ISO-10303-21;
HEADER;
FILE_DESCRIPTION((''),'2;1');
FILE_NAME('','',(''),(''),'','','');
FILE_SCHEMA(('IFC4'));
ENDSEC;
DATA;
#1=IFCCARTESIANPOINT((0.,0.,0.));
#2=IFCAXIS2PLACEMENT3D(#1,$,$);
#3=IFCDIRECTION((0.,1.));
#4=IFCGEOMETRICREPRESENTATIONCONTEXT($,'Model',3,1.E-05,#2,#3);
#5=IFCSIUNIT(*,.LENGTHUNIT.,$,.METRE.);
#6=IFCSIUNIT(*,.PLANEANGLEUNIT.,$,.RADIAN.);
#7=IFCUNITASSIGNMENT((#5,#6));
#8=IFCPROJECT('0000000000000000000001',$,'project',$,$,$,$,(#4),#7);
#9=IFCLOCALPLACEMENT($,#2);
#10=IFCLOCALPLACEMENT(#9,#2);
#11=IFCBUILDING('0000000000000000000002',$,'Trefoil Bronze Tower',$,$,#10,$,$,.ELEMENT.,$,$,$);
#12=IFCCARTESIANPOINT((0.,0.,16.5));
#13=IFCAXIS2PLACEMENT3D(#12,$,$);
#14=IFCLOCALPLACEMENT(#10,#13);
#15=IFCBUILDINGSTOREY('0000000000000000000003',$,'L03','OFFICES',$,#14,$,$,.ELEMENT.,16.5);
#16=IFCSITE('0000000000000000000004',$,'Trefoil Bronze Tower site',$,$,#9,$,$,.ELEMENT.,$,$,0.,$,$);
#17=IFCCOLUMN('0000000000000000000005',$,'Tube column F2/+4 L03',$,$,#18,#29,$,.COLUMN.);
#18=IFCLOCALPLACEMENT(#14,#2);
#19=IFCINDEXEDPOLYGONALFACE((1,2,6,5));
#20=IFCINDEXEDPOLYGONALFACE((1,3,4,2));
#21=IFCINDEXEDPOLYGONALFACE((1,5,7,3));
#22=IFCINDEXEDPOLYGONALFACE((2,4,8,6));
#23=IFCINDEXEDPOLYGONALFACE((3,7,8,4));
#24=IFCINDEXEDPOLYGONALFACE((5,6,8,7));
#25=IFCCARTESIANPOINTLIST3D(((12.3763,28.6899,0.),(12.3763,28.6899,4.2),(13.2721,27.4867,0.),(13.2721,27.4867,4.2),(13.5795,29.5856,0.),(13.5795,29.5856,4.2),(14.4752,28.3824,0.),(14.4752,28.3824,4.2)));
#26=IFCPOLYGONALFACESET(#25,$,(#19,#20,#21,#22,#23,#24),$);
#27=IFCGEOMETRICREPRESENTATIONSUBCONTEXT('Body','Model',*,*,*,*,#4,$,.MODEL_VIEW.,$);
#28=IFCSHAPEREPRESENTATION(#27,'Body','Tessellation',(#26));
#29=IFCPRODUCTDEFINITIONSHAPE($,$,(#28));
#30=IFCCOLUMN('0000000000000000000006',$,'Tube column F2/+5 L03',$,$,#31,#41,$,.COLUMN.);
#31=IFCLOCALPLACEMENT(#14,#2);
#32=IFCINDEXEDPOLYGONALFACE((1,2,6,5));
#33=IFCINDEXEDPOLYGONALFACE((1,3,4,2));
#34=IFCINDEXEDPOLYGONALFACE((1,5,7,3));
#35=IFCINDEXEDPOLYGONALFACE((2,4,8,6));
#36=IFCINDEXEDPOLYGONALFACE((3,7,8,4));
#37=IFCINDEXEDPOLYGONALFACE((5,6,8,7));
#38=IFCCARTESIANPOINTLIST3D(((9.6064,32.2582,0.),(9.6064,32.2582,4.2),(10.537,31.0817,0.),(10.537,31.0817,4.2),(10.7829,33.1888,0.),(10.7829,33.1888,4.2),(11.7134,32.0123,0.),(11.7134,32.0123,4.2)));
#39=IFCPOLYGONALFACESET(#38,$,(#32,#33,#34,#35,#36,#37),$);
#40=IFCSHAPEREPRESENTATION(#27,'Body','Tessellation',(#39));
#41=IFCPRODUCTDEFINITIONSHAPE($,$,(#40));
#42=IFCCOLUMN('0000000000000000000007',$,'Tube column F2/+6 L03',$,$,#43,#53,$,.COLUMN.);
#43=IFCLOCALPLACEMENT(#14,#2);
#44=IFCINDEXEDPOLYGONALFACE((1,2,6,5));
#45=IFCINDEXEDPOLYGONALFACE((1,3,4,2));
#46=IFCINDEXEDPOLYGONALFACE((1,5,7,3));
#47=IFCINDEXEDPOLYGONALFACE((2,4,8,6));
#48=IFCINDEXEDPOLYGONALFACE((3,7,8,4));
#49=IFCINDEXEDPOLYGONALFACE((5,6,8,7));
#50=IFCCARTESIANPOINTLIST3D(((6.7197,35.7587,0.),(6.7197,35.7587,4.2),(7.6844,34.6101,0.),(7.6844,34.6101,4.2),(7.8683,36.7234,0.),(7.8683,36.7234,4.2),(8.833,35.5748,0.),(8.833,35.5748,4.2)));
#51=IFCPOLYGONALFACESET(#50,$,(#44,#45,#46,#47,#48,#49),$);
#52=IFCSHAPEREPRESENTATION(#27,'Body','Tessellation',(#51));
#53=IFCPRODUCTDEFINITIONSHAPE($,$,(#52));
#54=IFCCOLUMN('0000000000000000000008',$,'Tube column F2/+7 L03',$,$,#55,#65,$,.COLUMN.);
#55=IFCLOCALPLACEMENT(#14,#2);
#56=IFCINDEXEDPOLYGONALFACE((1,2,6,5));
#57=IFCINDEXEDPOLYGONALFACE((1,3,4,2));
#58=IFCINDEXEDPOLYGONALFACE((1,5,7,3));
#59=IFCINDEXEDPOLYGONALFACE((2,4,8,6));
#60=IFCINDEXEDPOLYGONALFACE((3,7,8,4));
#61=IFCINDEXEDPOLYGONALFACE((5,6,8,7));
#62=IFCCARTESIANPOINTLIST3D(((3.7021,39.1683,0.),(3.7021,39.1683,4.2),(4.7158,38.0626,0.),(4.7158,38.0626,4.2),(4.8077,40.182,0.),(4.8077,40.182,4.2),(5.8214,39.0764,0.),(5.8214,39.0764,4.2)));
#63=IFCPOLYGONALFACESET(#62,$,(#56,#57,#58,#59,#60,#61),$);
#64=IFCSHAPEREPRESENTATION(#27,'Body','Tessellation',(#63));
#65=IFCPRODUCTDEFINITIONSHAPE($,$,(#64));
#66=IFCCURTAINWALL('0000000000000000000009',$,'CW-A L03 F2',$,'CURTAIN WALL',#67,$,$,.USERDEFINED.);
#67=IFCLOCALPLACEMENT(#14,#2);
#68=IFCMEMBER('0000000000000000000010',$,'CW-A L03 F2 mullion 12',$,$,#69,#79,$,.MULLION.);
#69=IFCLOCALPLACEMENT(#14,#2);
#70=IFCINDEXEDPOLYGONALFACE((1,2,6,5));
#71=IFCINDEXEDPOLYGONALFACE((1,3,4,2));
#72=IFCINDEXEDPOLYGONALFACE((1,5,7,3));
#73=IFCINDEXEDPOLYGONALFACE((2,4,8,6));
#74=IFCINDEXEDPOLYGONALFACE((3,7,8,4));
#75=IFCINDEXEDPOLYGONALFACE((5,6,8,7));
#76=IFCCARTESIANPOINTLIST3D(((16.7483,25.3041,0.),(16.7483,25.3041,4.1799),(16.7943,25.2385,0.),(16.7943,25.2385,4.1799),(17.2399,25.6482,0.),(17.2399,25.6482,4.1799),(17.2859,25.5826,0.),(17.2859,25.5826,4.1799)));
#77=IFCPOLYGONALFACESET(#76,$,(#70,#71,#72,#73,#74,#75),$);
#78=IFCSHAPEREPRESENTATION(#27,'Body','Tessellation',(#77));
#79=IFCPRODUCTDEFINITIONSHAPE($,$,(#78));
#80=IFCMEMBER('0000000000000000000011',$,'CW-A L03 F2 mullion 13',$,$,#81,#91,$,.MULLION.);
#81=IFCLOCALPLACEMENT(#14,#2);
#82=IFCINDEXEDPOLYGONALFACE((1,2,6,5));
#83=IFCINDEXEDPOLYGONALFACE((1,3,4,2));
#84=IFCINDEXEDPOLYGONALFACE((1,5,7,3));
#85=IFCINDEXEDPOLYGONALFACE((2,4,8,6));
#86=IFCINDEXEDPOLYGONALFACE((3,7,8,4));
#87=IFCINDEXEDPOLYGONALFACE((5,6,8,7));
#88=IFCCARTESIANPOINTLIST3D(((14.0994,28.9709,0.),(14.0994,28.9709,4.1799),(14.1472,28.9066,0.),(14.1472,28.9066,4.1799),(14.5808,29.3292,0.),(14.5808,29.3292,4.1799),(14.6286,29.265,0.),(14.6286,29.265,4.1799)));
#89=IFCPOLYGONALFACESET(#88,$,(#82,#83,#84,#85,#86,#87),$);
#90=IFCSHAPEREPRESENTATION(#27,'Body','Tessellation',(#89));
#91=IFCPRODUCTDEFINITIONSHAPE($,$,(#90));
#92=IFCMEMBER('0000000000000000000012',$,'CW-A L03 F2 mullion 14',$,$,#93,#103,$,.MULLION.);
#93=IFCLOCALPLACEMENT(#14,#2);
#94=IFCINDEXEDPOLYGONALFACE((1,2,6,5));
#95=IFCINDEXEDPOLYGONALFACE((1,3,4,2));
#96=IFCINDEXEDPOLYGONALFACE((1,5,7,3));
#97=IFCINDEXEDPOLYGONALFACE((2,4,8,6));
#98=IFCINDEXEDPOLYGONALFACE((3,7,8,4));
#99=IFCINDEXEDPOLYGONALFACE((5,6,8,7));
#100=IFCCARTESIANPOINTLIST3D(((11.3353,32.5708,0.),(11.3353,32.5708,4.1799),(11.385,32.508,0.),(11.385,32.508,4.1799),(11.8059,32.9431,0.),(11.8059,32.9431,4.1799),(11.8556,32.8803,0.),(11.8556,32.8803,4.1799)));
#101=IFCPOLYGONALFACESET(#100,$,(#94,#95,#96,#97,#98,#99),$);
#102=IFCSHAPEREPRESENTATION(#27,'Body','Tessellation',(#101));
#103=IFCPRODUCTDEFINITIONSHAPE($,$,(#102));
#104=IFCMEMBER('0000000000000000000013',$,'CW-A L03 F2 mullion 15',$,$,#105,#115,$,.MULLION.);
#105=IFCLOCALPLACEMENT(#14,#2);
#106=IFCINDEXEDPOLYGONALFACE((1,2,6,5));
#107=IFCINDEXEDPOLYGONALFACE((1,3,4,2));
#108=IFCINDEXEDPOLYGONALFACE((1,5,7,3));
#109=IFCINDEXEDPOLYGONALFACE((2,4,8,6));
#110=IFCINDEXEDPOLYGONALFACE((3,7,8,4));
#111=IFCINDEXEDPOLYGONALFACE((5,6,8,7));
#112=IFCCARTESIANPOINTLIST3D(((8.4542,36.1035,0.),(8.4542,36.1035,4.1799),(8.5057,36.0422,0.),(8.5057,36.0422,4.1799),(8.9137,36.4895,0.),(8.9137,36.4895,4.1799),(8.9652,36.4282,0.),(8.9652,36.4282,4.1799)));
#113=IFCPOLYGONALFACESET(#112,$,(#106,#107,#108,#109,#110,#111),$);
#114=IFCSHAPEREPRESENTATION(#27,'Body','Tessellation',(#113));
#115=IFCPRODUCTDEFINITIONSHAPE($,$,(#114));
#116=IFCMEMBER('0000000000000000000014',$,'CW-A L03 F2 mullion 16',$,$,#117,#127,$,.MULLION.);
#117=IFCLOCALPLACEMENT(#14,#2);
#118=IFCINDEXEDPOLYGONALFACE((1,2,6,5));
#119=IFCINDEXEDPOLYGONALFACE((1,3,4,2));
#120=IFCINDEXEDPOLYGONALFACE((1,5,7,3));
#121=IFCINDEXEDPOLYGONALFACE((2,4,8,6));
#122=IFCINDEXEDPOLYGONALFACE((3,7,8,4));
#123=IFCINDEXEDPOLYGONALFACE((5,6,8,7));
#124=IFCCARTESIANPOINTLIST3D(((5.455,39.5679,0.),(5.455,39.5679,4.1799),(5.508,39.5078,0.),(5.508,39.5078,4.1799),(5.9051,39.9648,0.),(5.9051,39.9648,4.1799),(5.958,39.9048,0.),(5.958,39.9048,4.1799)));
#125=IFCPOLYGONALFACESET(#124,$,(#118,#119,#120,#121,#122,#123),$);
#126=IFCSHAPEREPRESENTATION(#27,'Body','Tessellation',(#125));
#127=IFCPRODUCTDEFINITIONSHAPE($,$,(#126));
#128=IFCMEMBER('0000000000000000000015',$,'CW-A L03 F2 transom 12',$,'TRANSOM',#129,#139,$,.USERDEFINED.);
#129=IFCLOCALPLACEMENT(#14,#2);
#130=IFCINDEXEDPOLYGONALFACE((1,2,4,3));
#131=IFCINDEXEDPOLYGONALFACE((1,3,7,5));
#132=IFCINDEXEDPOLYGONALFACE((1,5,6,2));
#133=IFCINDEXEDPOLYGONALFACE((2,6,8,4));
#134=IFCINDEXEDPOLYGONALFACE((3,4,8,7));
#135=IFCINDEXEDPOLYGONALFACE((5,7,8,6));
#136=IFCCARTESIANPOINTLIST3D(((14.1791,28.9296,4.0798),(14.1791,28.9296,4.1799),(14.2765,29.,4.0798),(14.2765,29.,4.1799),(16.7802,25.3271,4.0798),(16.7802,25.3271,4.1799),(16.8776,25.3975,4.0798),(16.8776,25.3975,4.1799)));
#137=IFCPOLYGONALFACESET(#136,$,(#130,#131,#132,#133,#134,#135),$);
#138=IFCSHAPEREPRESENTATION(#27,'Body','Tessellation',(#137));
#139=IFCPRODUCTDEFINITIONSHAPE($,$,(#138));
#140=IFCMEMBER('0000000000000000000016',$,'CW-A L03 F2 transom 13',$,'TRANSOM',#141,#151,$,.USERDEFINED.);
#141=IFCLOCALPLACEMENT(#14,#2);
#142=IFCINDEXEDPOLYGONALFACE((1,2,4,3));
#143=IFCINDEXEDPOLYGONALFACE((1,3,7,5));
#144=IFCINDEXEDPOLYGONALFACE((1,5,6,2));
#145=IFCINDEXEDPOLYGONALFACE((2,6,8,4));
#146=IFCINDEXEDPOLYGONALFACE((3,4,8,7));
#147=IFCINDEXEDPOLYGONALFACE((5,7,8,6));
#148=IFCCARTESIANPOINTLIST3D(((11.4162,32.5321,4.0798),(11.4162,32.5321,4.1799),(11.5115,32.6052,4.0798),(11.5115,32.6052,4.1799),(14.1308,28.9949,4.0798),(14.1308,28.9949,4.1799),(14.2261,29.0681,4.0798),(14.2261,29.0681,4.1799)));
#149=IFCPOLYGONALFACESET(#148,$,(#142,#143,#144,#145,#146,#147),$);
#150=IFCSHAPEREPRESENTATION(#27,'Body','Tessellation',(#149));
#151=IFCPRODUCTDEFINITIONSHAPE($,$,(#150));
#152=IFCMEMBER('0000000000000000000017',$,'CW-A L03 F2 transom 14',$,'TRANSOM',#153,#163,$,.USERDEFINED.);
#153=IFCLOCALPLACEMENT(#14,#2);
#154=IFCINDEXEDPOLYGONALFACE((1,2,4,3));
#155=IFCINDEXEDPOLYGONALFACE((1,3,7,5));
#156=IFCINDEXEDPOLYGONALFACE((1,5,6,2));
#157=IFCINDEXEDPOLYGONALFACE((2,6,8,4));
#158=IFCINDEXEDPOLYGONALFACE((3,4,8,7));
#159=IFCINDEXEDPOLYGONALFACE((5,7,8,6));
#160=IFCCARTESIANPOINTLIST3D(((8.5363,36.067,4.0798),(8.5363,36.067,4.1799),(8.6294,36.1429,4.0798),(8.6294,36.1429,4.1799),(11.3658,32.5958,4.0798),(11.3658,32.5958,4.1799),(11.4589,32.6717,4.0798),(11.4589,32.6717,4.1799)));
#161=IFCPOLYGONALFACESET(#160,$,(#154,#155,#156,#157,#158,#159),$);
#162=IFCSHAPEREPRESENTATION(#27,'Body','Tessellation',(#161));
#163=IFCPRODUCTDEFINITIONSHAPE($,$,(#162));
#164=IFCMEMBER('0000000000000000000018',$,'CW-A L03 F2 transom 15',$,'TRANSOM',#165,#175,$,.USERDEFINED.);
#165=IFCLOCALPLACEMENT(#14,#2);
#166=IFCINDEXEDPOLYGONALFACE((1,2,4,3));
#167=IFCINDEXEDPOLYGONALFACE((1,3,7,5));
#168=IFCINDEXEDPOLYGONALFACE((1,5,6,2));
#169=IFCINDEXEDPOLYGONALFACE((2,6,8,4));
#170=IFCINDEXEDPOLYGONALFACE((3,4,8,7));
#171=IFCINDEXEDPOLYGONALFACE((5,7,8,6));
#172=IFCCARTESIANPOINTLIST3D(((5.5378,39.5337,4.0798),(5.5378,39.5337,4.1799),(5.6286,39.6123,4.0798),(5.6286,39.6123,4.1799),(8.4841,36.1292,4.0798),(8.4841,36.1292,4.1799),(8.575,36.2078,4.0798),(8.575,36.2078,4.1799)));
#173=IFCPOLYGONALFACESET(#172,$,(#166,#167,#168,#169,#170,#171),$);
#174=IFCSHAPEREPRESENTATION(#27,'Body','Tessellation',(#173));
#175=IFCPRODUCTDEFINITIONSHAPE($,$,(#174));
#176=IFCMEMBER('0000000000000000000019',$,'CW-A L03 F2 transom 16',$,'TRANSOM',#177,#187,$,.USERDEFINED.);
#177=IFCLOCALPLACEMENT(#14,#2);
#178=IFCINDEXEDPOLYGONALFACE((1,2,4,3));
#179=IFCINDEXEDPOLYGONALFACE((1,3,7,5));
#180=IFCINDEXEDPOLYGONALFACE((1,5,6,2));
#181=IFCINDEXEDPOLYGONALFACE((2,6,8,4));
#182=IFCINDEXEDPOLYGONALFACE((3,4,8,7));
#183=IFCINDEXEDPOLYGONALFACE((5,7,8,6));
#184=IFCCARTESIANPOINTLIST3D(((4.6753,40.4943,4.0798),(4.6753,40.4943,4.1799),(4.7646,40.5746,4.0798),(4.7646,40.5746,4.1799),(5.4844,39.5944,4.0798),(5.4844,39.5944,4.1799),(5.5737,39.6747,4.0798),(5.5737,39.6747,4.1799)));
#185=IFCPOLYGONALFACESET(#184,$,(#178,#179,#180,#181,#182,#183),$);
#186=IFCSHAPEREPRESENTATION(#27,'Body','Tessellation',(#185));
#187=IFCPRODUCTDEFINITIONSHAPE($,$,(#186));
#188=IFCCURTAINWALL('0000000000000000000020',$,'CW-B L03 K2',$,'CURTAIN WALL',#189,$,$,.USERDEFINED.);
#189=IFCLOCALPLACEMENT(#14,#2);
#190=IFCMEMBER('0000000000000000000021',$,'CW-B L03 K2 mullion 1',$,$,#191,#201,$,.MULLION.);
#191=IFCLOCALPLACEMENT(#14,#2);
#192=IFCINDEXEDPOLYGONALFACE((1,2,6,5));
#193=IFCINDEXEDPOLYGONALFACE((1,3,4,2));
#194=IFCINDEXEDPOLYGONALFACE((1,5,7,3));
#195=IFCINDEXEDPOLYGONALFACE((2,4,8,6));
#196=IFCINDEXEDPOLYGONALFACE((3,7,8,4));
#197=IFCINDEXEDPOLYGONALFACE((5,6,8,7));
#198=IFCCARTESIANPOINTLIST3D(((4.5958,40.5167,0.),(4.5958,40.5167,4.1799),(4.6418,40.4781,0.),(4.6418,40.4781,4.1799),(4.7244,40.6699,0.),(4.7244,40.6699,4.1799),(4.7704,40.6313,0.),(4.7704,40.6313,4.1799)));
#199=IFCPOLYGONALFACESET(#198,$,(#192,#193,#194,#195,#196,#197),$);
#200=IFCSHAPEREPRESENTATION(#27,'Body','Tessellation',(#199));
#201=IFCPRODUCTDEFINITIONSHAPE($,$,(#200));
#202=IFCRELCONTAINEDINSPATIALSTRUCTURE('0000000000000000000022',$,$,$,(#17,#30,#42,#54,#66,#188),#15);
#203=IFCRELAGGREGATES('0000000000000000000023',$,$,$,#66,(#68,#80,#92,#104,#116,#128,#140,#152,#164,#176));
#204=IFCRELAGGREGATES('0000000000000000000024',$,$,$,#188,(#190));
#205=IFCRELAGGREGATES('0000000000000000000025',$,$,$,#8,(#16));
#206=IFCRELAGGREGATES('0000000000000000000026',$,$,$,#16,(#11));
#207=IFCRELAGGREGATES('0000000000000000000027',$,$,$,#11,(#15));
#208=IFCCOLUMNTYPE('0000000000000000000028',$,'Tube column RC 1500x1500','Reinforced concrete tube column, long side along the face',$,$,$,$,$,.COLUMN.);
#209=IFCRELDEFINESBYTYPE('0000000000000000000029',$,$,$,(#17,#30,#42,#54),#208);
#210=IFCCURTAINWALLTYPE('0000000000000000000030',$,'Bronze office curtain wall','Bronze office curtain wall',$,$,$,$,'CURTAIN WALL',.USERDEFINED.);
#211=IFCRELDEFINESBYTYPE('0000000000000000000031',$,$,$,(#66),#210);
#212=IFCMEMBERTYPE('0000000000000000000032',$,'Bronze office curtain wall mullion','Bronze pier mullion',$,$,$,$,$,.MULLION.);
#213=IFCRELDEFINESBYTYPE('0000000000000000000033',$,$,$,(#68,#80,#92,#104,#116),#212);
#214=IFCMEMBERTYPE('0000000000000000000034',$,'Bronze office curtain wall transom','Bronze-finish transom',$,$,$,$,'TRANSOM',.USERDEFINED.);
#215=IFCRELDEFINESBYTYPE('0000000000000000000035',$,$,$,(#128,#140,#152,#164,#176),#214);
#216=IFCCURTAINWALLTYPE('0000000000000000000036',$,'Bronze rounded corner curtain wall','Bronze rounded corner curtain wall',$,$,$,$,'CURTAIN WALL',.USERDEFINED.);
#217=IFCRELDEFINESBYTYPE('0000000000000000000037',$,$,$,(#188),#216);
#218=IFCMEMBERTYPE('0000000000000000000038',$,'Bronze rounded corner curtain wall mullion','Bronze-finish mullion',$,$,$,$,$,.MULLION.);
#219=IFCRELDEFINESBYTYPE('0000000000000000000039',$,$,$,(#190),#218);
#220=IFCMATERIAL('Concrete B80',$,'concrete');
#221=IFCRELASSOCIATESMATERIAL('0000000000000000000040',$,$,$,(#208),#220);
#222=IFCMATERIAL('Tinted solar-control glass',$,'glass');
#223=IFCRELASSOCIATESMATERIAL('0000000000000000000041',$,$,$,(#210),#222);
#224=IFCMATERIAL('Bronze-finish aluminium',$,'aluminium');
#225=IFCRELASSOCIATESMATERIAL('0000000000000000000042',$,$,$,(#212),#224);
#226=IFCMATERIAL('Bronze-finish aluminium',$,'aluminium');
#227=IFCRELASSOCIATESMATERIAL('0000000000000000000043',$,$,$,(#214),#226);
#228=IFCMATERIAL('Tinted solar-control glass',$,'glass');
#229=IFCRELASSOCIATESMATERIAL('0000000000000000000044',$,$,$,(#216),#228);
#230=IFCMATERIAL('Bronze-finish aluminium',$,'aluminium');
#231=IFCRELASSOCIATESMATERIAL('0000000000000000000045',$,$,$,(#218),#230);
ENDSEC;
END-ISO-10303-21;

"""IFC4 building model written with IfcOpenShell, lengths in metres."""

from ifc_helpers import new_model, si_unit, direction, frame, origin, origin_2d, place, context, subcontext, project, spatial, rectangle, extrude, material, material_profile, profile_set, type_object, element, aggregate, save


model = new_model("IFC4")

# Units and contexts
model_context = context("Model", 3, precision=1e-05, world=origin(), true_north=direction((0.0, 1.0)))
body_context = subcontext(model_context, "Body", "Model", "MODEL_VIEW")
ifc_project = project(units=[si_unit("LENGTHUNIT", "METRE"), si_unit("PLANEANGLEUNIT", "RADIAN")], contexts=[model_context])

# Site, building, storey
site_placement = place(None, origin())
site = spatial("IfcSite", under=ifc_project, at=site_placement, Name="Trefoil Bronze Tower site", CompositionType="ELEMENT", RefElevation=0.0)
building_placement = place(site_placement, origin())
building = spatial("IfcBuilding", under=site, at=building_placement, Name="Trefoil Bronze Tower", CompositionType="ELEMENT")
storey_placement = place(building_placement, frame((0.0, 0.0, 16.5)))
storey = spatial("IfcBuildingStorey", under=building, at=storey_placement, Name="L03", Description="OFFICES", CompositionType="ELEMENT", Elevation=16.5)

# Columns
ifc_material_1 = material(Name="Concrete B80", Category="concrete")
ifc_material_profile_1 = material_profile(ifc_material_1, rectangle(XDim=1.5, YDim=1.5, at=origin_2d()), Name="RC 1500x1500")
ifc_profile_set_1 = profile_set([ifc_material_profile_1], Name="Concrete B80")
column_type = type_object("IfcColumnType", Name="Tube column RC 1500x1500", Description="Reinforced concrete tube column, long side along the face", PredefinedType="COLUMN", material=ifc_profile_set_1)
for number, where, z_axis, x_axis, name in (
    (1, (13.4258, 28.5361, 0.0), (0.0, 0.0, 1.0), (-0.597154, 0.802127, 0.0), "Tube column F2/+4 L03"),
    (2, (10.6599, 32.1353, 0.0), (0.0, 0.0, 1.0), (-0.620376, 0.784305, 0.0), "Tube column F2/+5 L03"),
    (3, (7.7764, 35.6667, 0.0), (0.0, 0.0, 1.0), (-0.643163, 0.765729, 0.0), "Tube column F2/+6 L03"),
    (4, (4.7617, 39.1223, 0.0), (0.0, 0.0, 1.0), (-0.675816, 0.73707, 0.0), "Tube column F2/+7 L03"),
):
    element("IfcColumn", number, at=place(storey_placement, frame(where, z_axis=z_axis, x_axis=x_axis)), inside=storey, type_object=column_type, Name=name, PredefinedType="COLUMN", context=body_context, shape_type="SweptSolid", body=[
        extrude(rectangle(XDim=1.5, YDim=1.5, at=origin_2d()), origin(), (0.0, 0.0, 1.0), 4.2),
    ])

# Curtain walls, members
ifc_material_2 = material(Name="Tinted solar-control glass", Category="glass")
curtain_wall_type_1 = type_object("IfcCurtainWallType", Name="Bronze office curtain wall", Description="Bronze office curtain wall", ElementType="CURTAIN WALL", PredefinedType="USERDEFINED", material=ifc_material_2)
curtain_wall_1_placement = place(storey_placement, origin())
curtain_wall_1 = element("IfcCurtainWall", 5, at=curtain_wall_1_placement, inside=storey, type_object=curtain_wall_type_1, Name="CW-A L03 F2", ObjectType="CURTAIN WALL", PredefinedType="USERDEFINED")
ifc_material_3 = material(Name="Bronze-finish aluminium", Category="aluminium")
ifc_material_profile_2 = material_profile(ifc_material_3, rectangle(XDim=0.6001, YDim=0.0801, at=origin_2d()), Name="CW-A mullion")
ifc_profile_set_2 = profile_set([ifc_material_profile_2], Name="Bronze-finish aluminium")
member_type_1 = type_object("IfcMemberType", Name="Bronze office curtain wall mullion", Description="Bronze pier mullion", PredefinedType="MULLION", material=ifc_profile_set_2)
member_1_placement = place(storey_placement, frame((17.0171, 25.4434, 0.0), z_axis=(0.0, 0.0, 1.0), x_axis=(-0.819204, -0.573502, 0.0)))
member_1 = element("IfcMember", 6, at=member_1_placement, type_object=member_type_1, Name="CW-A L03 F2 mullion 12", PredefinedType="MULLION", context=body_context, shape_type="SweptSolid", body=[
    extrude(rectangle(XDim=0.6001, YDim=0.0801, at=origin_2d()), origin(), (0.0, 0.0, 1.0), 4.1799),
])
member_2_placement = place(storey_placement, frame((14.364, 29.1179, 0.0), z_axis=(0.0, 0.0, 1.0), x_axis=(-0.802127, -0.597154, 0.0)))
member_2 = element("IfcMember", 7, at=member_2_placement, type_object=member_type_1, Name="CW-A L03 F2 mullion 13", PredefinedType="MULLION", context=body_context, shape_type="SweptSolid", body=[
    extrude(rectangle(XDim=0.6001, YDim=0.0801, at=origin_2d()), origin(), (0.0, 0.0, 1.0), 4.1799),
])
member_3_placement = place(storey_placement, frame((11.5955, 32.7256, 0.0), z_axis=(0.0, 0.0, 1.0), x_axis=(-0.784305, -0.620376, 0.0)))
member_3 = element("IfcMember", 8, at=member_3_placement, type_object=member_type_1, Name="CW-A L03 F2 mullion 14", PredefinedType="MULLION", context=body_context, shape_type="SweptSolid", body=[
    extrude(rectangle(XDim=0.6001, YDim=0.0801, at=origin_2d()), origin(), (0.0, 0.0, 1.0), 4.1799),
])
member_4_placement = place(storey_placement, frame((8.7097, 36.2659, 0.0), z_axis=(0.0, 0.0, 1.0), x_axis=(-0.765729, -0.643163, 0.0)))
member_4 = element("IfcMember", 9, at=member_4_placement, type_object=member_type_1, Name="CW-A L03 F2 mullion 15", PredefinedType="MULLION", context=body_context, shape_type="SweptSolid", body=[
    extrude(rectangle(XDim=0.6001, YDim=0.0801, at=origin_2d()), origin(), (0.0, 0.0, 1.0), 4.1799),
])
member_5_placement = place(storey_placement, frame((5.7065, 39.7363, 0.0), z_axis=(0.0, 0.0, 1.0), x_axis=(-0.749941, -0.661505, 0.0)))
member_5 = element("IfcMember", 10, at=member_5_placement, type_object=member_type_1, Name="CW-A L03 F2 mullion 16", PredefinedType="MULLION", context=body_context, shape_type="SweptSolid", body=[
    extrude(rectangle(XDim=0.6001, YDim=0.0801, at=origin_2d()), origin(), (0.0, 0.0, 1.0), 4.1799),
])
ifc_material_4 = material(Name="Bronze-finish aluminium", Category="aluminium")
ifc_material_profile_3 = material_profile(ifc_material_4, rectangle(XDim=0.1201, YDim=0.1001, at=origin_2d()), Name="CW-A transom")
ifc_profile_set_3 = profile_set([ifc_material_profile_3], Name="Bronze-finish aluminium")
member_type_2 = type_object("IfcMemberType", Name="Bronze office curtain wall transom", Description="Bronze-finish transom", ElementType="TRANSOM", PredefinedType="USERDEFINED", material=ifc_profile_set_3)
member_6_placement = place(storey_placement, frame((16.8289, 25.3623, 4.1299), z_axis=(-0.585378, 0.81076, 0.0), x_axis=(-0.81076, -0.585378, 0.0)))
member_6 = element("IfcMember", 11, at=member_6_placement, type_object=member_type_2, Name="CW-A L03 F2 transom 12", ObjectType="TRANSOM", PredefinedType="USERDEFINED", context=body_context, shape_type="SweptSolid", body=[
    extrude(rectangle(XDim=0.1201, YDim=0.1001, at=origin_2d()), origin(), (0.0, 0.0, 1.0), 4.4434),
])
member_7_placement = place(storey_placement, frame((14.1785, 29.0315, 4.1299), z_axis=(-0.608829, 0.793301, 0.0), x_axis=(-0.793301, -0.608829, 0.0)))
member_7 = element("IfcMember", 12, at=member_7_placement, type_object=member_type_2, Name="CW-A L03 F2 transom 13", ObjectType="TRANSOM", PredefinedType="USERDEFINED", context=body_context, shape_type="SweptSolid", body=[
    extrude(rectangle(XDim=0.1201, YDim=0.1001, at=origin_2d()), origin(), (0.0, 0.0, 1.0), 4.4587),
])
member_8_placement = place(storey_placement, frame((11.4124, 32.6338, 4.1299), z_axis=(-0.631836, 0.775102, 0.0), x_axis=(-0.775102, -0.631836, 0.0)))
member_8 = element("IfcMember", 13, at=member_8_placement, type_object=member_type_2, Name="CW-A L03 F2 transom 14", ObjectType="TRANSOM", PredefinedType="USERDEFINED", context=body_context, shape_type="SweptSolid", body=[
    extrude(rectangle(XDim=0.1201, YDim=0.1001, at=origin_2d()), origin(), (0.0, 0.0, 1.0), 4.4783),
])
member_9_placement = place(storey_placement, frame((8.5295, 36.1685, 4.1299), z_axis=(-0.654383, 0.756163, 0.0), x_axis=(-0.756163, -0.654383, 0.0)))
member_9 = element("IfcMember", 14, at=member_9_placement, type_object=member_type_2, Name="CW-A L03 F2 transom 15", ObjectType="TRANSOM", PredefinedType="USERDEFINED", context=body_context, shape_type="SweptSolid", body=[
    extrude(rectangle(XDim=0.1201, YDim=0.1001, at=origin_2d()), origin(), (0.0, 0.0, 1.0), 4.5024),
])
member_10_placement = place(storey_placement, frame((5.5291, 39.6345, 4.1299), z_axis=(-0.668586, 0.743635, 0.0), x_axis=(-0.743635, -0.668586, 0.0)))
member_10 = element("IfcMember", 15, at=member_10_placement, type_object=member_type_2, Name="CW-A L03 F2 transom 16", ObjectType="TRANSOM", PredefinedType="USERDEFINED", context=body_context, shape_type="SweptSolid", body=[
    extrude(rectangle(XDim=0.1201, YDim=0.1001, at=origin_2d()), origin(), (0.0, 0.0, 1.0), 1.2102),
])
ifc_material_5 = material(Name="Tinted solar-control glass", Category="glass")
curtain_wall_type_2 = type_object("IfcCurtainWallType", Name="Bronze rounded corner curtain wall", Description="Bronze rounded corner curtain wall", ElementType="CURTAIN WALL", PredefinedType="USERDEFINED", material=ifc_material_5)
curtain_wall_2_placement = place(storey_placement, origin())
curtain_wall_2 = element("IfcCurtainWall", 16, at=curtain_wall_2_placement, inside=storey, type_object=curtain_wall_type_2, Name="CW-B L03 K2", ObjectType="CURTAIN WALL", PredefinedType="USERDEFINED")
ifc_material_6 = material(Name="Bronze-finish aluminium", Category="aluminium")
ifc_material_profile_4 = material_profile(ifc_material_6, rectangle(XDim=0.2, YDim=0.0601, at=origin_2d()), Name="CW-B mullion")
ifc_profile_set_4 = profile_set([ifc_material_profile_4], Name="Bronze-finish aluminium")
member_type_3 = type_object("IfcMemberType", Name="Bronze rounded corner curtain wall mullion", Description="Bronze-finish mullion", PredefinedType="MULLION", material=ifc_profile_set_4)
member_11_placement = place(storey_placement, frame((4.6831, 40.574, 0.0), z_axis=(0.0, 0.0, 1.0), x_axis=(-0.642788, -0.766044, 0.0)))
member_11 = element("IfcMember", 17, at=member_11_placement, type_object=member_type_3, Name="CW-B L03 K2 mullion 1", PredefinedType="MULLION", context=body_context, shape_type="SweptSolid", body=[
    extrude(rectangle(XDim=0.2, YDim=0.0601, at=origin_2d()), origin(), (0.0, 0.0, 1.0), 4.1799),
])

aggregate(curtain_wall_1, [member_1, member_2, member_3, member_4, member_5, member_6, member_7, member_8, member_9, member_10])
aggregate(curtain_wall_2, [member_11])

save(model, "model.ifc")
